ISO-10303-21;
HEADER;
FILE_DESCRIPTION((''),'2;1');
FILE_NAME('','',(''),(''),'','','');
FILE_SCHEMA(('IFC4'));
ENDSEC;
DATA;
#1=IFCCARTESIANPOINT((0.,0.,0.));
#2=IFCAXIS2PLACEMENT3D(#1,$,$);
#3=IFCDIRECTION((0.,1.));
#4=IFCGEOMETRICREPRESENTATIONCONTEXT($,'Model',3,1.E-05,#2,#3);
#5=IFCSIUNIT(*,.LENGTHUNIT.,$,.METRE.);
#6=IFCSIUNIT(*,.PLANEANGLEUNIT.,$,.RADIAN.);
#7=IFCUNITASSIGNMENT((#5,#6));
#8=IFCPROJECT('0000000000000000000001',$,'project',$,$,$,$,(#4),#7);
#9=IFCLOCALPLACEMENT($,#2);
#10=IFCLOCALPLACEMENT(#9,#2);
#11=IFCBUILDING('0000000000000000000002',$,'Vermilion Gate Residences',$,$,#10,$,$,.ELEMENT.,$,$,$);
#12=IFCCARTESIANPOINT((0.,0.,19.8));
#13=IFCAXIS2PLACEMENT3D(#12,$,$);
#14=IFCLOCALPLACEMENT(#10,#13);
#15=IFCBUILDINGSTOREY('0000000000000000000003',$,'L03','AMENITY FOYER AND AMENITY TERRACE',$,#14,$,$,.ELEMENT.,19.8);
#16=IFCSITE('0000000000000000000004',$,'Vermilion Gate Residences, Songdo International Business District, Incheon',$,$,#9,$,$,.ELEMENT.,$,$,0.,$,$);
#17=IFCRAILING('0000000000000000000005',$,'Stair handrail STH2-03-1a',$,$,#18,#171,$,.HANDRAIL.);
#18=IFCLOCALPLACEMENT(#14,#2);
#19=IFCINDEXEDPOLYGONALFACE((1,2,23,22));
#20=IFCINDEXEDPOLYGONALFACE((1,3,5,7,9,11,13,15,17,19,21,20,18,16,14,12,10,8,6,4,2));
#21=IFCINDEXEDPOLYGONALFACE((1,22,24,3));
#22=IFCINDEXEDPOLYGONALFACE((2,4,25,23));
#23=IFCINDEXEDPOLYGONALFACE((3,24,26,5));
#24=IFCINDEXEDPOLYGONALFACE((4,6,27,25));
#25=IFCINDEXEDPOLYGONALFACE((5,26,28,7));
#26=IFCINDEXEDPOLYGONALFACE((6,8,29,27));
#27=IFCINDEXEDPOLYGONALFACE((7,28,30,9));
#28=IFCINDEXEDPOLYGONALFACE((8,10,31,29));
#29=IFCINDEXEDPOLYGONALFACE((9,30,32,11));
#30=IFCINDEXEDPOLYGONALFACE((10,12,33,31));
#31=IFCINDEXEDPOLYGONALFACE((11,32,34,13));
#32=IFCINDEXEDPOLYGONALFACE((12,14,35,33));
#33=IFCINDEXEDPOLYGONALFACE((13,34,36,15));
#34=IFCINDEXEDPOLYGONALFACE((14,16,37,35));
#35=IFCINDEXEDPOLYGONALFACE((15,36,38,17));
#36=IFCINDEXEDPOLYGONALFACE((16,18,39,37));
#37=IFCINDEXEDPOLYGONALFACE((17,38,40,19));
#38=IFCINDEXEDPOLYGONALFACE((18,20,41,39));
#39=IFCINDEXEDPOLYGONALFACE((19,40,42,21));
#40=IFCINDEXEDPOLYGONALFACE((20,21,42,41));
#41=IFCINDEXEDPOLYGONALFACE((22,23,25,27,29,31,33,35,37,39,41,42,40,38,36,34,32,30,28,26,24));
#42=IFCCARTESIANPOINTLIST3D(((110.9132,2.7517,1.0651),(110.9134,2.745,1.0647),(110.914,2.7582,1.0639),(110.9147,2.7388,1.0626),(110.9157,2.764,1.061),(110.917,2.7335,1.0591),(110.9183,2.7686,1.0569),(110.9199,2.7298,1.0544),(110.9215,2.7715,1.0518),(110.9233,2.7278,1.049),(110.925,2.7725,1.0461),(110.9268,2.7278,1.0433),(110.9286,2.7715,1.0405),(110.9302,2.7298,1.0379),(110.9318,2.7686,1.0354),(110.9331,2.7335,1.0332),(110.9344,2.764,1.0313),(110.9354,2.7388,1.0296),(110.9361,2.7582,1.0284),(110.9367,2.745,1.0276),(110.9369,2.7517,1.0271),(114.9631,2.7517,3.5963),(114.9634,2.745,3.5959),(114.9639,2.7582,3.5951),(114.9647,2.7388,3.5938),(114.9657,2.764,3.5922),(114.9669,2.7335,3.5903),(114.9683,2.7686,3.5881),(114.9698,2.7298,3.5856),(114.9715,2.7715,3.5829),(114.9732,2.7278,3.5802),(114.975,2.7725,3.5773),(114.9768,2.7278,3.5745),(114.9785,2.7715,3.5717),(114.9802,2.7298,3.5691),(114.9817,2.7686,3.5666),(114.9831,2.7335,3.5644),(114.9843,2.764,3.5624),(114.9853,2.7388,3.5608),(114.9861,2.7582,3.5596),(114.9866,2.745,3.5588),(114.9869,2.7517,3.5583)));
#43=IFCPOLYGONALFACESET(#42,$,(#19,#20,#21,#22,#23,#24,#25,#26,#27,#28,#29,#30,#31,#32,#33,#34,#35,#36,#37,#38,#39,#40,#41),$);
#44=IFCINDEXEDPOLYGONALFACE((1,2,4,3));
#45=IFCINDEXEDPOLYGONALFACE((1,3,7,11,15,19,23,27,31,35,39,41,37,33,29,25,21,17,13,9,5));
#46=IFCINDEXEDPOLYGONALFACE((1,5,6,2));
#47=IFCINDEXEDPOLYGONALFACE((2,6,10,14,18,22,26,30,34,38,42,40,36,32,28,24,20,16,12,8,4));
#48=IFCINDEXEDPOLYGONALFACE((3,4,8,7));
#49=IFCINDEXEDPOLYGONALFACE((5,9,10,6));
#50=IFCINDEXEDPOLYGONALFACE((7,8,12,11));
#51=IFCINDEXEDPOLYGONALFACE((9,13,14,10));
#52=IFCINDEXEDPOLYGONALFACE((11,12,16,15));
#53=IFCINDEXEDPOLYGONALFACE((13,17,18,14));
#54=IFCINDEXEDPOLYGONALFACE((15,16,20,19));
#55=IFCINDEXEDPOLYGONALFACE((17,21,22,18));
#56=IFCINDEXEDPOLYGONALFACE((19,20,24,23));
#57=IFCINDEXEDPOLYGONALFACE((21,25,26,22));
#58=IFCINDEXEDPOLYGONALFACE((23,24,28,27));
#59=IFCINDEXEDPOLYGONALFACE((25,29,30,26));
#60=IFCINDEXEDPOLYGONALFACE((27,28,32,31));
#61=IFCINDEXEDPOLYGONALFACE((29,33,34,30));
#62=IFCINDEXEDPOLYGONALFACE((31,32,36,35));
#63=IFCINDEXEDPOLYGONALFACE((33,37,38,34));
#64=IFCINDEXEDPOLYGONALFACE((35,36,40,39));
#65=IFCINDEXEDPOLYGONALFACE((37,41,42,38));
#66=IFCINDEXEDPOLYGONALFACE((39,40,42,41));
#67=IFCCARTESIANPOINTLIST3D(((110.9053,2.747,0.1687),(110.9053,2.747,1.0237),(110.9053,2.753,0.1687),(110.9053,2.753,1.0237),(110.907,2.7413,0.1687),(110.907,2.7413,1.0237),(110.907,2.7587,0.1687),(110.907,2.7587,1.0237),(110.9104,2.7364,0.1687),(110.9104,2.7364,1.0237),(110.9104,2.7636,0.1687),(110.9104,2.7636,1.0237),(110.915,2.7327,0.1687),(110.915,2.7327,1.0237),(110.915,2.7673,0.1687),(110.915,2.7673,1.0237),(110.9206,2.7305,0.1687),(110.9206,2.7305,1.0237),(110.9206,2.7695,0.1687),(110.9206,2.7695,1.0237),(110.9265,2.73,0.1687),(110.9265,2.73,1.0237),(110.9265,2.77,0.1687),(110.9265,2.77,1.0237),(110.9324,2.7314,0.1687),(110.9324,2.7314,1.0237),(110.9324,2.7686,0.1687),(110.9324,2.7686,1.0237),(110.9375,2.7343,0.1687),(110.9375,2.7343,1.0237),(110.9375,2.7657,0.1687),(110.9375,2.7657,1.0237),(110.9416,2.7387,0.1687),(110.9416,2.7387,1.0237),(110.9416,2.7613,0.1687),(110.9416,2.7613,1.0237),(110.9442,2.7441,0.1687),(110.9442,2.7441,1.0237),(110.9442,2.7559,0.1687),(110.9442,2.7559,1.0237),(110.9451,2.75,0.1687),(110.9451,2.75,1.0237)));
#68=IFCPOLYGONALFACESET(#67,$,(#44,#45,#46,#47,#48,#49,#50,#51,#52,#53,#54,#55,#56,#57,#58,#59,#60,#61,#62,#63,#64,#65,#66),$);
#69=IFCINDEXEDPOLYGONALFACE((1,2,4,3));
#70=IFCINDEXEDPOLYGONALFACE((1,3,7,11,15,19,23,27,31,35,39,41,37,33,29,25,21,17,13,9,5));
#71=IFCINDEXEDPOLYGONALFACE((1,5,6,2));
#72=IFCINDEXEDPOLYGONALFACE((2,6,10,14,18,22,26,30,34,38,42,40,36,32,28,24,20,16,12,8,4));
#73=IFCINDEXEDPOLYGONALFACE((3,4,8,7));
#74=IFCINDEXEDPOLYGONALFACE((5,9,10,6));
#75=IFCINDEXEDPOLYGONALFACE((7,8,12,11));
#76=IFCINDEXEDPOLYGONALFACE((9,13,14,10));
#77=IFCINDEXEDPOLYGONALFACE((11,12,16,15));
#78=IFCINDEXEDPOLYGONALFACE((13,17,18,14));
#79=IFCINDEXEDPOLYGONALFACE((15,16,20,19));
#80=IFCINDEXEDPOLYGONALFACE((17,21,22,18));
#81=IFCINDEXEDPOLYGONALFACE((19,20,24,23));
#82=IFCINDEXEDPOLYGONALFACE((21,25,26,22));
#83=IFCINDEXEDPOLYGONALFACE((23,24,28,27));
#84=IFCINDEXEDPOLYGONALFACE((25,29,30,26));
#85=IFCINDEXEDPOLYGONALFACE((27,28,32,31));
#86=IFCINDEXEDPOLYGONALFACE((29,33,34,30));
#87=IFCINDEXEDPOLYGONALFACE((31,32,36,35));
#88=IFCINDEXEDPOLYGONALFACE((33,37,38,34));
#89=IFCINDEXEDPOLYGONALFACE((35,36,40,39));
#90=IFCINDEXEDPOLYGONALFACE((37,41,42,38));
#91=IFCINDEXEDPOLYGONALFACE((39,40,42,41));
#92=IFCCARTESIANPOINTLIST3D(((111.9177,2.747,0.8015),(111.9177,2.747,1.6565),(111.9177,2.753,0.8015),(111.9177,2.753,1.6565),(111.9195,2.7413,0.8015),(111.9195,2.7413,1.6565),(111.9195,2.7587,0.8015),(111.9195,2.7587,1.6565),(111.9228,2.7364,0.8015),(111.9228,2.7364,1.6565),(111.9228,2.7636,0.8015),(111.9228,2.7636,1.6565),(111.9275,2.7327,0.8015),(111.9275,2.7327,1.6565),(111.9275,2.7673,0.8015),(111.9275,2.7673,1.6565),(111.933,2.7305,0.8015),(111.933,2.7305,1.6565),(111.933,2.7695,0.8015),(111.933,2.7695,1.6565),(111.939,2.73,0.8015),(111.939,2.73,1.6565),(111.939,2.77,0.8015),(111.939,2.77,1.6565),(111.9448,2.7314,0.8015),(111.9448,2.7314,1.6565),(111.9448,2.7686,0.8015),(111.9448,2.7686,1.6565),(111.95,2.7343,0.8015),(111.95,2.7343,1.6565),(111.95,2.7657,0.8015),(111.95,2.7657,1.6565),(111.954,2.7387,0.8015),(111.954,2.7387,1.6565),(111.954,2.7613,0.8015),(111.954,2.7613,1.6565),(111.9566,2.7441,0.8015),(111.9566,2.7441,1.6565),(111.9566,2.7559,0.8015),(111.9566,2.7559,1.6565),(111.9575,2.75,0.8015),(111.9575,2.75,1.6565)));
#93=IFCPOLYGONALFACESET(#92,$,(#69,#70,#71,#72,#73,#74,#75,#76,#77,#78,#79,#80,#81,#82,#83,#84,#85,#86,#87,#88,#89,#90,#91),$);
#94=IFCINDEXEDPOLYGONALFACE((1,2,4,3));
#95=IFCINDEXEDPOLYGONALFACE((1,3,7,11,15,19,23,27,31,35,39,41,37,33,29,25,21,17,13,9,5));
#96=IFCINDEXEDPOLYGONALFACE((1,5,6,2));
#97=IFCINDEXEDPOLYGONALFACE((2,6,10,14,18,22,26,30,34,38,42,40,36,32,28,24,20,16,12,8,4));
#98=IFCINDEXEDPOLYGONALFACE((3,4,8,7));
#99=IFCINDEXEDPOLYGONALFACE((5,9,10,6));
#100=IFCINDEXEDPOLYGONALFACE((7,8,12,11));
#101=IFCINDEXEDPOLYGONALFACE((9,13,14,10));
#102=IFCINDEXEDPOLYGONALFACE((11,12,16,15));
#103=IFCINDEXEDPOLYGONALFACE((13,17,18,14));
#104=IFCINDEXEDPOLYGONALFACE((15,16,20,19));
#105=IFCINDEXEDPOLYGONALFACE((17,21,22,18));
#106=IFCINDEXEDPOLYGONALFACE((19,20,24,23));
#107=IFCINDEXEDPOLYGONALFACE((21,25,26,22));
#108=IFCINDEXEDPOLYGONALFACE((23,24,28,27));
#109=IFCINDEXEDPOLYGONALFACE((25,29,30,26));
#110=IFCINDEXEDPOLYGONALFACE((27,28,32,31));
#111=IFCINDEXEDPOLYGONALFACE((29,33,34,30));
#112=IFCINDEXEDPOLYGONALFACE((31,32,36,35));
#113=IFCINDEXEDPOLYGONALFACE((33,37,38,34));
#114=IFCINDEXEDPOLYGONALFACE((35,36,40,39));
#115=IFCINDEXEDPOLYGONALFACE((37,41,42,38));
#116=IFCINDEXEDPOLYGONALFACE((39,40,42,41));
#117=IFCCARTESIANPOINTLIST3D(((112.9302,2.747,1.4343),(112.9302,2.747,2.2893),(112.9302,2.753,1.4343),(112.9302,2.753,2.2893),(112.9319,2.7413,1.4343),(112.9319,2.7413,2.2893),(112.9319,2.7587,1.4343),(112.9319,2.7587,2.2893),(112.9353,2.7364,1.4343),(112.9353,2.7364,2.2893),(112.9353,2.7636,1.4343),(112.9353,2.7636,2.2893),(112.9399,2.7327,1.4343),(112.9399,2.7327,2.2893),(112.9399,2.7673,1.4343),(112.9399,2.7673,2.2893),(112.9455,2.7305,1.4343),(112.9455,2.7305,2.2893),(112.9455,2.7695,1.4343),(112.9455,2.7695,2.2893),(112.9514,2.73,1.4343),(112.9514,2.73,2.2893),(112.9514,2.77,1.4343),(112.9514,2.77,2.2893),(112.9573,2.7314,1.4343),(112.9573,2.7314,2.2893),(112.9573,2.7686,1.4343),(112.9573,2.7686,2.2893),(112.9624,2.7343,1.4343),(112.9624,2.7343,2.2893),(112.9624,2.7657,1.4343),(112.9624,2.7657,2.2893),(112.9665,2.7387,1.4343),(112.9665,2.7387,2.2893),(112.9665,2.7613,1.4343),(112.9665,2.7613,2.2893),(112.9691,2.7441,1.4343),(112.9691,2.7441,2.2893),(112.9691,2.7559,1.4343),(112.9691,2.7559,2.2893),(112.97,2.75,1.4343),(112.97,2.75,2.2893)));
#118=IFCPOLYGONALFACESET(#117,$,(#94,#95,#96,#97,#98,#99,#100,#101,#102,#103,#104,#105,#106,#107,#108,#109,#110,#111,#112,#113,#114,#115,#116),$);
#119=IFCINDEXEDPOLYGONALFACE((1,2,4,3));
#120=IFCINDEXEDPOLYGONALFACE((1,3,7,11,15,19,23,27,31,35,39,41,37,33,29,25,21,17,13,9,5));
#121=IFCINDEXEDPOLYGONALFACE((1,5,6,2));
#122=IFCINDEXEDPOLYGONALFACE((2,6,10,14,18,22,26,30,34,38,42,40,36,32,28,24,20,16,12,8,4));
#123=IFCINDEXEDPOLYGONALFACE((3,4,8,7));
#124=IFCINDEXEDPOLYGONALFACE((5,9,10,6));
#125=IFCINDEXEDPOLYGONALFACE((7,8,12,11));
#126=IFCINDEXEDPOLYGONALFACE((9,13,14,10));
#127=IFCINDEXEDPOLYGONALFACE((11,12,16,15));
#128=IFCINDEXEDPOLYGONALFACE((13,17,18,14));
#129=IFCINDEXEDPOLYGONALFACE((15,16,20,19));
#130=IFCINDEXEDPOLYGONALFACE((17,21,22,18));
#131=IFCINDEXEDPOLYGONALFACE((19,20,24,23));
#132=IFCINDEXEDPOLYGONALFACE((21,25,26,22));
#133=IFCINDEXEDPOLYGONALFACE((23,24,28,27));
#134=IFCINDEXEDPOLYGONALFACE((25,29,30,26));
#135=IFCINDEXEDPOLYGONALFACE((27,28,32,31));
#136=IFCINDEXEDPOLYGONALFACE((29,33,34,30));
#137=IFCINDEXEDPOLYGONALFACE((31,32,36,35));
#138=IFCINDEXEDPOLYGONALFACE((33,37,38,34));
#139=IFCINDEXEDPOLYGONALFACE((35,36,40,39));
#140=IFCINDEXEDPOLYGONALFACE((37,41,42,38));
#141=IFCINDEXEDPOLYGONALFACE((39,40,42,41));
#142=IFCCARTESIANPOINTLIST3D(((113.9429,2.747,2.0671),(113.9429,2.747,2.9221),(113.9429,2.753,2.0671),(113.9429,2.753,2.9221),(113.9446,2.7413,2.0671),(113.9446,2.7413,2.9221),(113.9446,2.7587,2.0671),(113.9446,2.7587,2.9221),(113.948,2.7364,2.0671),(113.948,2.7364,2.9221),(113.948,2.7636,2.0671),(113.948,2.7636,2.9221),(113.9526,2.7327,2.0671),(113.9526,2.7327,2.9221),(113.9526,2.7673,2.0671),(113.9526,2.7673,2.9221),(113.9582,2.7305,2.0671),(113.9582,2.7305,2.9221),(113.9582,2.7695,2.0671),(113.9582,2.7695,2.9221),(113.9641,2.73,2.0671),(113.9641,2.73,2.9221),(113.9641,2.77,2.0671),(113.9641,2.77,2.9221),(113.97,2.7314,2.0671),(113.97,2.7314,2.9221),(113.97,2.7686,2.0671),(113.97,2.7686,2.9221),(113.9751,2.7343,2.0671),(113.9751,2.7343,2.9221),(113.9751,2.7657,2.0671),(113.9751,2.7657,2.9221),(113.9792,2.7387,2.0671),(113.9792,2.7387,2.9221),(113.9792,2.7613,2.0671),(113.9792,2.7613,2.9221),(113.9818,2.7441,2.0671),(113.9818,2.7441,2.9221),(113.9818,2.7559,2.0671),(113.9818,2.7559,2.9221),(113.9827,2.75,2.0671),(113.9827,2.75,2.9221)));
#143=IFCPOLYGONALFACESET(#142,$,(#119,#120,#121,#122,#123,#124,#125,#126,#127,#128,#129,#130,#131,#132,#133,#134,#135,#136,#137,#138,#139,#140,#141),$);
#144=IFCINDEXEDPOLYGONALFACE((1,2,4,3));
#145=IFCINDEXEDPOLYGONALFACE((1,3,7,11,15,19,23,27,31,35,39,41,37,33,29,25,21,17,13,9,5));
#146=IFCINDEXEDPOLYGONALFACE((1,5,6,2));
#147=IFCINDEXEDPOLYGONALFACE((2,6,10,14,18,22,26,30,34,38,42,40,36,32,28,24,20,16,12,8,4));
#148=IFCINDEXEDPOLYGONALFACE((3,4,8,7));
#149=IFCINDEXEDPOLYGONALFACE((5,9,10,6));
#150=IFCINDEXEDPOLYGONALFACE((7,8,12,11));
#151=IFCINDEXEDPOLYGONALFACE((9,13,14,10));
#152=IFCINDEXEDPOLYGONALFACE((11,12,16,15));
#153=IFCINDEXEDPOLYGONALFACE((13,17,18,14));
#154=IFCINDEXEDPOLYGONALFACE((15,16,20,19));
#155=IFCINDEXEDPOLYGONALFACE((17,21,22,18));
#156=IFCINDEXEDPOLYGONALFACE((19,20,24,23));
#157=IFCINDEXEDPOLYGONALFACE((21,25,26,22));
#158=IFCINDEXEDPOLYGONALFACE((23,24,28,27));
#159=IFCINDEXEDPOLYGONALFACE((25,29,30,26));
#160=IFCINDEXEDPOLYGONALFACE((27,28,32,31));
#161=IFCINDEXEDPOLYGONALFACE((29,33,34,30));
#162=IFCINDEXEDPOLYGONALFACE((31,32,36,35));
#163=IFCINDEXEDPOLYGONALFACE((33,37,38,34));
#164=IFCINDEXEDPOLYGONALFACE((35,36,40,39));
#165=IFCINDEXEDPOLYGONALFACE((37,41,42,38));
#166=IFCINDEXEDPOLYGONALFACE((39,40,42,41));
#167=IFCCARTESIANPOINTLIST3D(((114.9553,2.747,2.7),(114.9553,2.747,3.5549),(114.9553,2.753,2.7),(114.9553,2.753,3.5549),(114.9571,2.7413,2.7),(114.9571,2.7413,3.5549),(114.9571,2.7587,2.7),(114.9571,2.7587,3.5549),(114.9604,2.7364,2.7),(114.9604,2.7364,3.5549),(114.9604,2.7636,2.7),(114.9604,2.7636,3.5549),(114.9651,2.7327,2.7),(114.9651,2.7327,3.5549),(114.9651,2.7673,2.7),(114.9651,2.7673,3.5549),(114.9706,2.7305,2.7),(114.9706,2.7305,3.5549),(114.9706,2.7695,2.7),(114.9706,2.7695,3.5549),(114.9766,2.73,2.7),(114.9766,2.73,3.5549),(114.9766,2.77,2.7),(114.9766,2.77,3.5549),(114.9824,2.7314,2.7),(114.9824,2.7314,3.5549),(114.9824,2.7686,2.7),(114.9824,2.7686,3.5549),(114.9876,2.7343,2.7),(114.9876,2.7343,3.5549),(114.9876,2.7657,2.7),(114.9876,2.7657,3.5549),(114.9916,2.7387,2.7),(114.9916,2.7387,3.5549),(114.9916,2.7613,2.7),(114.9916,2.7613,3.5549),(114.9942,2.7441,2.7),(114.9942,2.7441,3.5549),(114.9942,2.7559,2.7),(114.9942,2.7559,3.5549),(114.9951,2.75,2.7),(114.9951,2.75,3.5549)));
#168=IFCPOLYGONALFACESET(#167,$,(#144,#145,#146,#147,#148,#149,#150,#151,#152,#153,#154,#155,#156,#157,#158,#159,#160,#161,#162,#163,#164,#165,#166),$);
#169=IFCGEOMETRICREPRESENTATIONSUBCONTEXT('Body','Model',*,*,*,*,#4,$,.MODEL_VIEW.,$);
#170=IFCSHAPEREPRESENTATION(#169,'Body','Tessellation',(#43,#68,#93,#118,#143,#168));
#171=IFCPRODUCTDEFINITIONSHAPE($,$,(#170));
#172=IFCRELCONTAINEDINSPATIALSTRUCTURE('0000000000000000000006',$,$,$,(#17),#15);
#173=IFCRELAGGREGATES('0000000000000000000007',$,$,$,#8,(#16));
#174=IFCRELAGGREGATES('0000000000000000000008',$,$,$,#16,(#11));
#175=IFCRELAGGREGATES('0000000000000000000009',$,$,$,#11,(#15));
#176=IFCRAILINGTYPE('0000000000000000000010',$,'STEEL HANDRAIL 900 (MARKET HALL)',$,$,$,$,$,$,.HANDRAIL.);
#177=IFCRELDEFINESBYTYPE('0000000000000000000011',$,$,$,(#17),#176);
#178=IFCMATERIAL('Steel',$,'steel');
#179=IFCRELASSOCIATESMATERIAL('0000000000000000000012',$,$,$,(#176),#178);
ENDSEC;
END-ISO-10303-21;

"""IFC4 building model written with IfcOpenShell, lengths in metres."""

from ifc_helpers import new_model, si_unit, direction, frame, origin, origin_2d, place, context, subcontext, project, spatial, circle, extrude, material, type_object, element, save


model = new_model("IFC4")

# Units and contexts
model_context = context("Model", 3, precision=1e-05, world=origin(), true_north=direction((0.0, 1.0)))
body_context = subcontext(model_context, "Body", "Model", "MODEL_VIEW")
ifc_project = project(units=[si_unit("LENGTHUNIT", "METRE"), si_unit("PLANEANGLEUNIT", "RADIAN")], contexts=[model_context])

# Site, building, storey
site_placement = place(None, origin())
site = spatial("IfcSite", under=ifc_project, at=site_placement, Name="Vermilion Gate Residences, Songdo International Business District, Incheon", CompositionType="ELEMENT", RefElevation=0.0)
building_placement = place(site_placement, origin())
building = spatial("IfcBuilding", under=site, at=building_placement, Name="Vermilion Gate Residences", CompositionType="ELEMENT")
storey_placement = place(building_placement, frame((0.0, 0.0, 19.8)))
storey = spatial("IfcBuildingStorey", under=building, at=storey_placement, Name="L03", Description="AMENITY FOYER AND AMENITY TERRACE", CompositionType="ELEMENT", Elevation=19.8)

# Railing
ifc_material_1 = material(Name="Steel", Category="steel")
railing_type_1 = type_object("IfcRailingType", Name="STEEL HANDRAIL 900 (MARKET HALL)", PredefinedType="HANDRAIL", material=ifc_material_1)
for number, where, name in (
    (1, (110.925, 2.75, 0.1687), "Stair handrail STH2-03-1a"),
):
    element("IfcRailing", number, at=place(storey_placement, frame(where)), inside=storey, type_object=railing_type_1, Name=name, PredefinedType="HANDRAIL", context=body_context, shape_type="SweptSolid", body=[
        extrude(circle(Radius=0.0225, at=origin_2d()), frame((0.0, 0.0, 0.8774), z_axis=(0.848001, 0.0, 0.529994), x_axis=(0.0, 1.0, 0.0)), (0.0, 0.0, 1.0), 4.7759),
        extrude(circle(Radius=0.02, at=origin_2d()), origin(), (0.0, 0.0, 1.0), 0.855),
        extrude(circle(Radius=0.02, at=origin_2d()), frame((1.0125, 0.0, 0.6328)), (0.0, 0.0, 1.0), 0.855),
        extrude(circle(Radius=0.02, at=origin_2d()), frame((2.0249, 0.0, 1.2656)), (0.0, 0.0, 1.0), 0.855),
        extrude(circle(Radius=0.02, at=origin_2d()), frame((3.0376, 0.0, 1.8984)), (0.0, 0.0, 1.0), 0.855),
        extrude(circle(Radius=0.02, at=origin_2d()), frame((4.05, 0.0, 2.5312)), (0.0, 0.0, 1.0), 0.855),
    ])

save(model, "model.ifc")
